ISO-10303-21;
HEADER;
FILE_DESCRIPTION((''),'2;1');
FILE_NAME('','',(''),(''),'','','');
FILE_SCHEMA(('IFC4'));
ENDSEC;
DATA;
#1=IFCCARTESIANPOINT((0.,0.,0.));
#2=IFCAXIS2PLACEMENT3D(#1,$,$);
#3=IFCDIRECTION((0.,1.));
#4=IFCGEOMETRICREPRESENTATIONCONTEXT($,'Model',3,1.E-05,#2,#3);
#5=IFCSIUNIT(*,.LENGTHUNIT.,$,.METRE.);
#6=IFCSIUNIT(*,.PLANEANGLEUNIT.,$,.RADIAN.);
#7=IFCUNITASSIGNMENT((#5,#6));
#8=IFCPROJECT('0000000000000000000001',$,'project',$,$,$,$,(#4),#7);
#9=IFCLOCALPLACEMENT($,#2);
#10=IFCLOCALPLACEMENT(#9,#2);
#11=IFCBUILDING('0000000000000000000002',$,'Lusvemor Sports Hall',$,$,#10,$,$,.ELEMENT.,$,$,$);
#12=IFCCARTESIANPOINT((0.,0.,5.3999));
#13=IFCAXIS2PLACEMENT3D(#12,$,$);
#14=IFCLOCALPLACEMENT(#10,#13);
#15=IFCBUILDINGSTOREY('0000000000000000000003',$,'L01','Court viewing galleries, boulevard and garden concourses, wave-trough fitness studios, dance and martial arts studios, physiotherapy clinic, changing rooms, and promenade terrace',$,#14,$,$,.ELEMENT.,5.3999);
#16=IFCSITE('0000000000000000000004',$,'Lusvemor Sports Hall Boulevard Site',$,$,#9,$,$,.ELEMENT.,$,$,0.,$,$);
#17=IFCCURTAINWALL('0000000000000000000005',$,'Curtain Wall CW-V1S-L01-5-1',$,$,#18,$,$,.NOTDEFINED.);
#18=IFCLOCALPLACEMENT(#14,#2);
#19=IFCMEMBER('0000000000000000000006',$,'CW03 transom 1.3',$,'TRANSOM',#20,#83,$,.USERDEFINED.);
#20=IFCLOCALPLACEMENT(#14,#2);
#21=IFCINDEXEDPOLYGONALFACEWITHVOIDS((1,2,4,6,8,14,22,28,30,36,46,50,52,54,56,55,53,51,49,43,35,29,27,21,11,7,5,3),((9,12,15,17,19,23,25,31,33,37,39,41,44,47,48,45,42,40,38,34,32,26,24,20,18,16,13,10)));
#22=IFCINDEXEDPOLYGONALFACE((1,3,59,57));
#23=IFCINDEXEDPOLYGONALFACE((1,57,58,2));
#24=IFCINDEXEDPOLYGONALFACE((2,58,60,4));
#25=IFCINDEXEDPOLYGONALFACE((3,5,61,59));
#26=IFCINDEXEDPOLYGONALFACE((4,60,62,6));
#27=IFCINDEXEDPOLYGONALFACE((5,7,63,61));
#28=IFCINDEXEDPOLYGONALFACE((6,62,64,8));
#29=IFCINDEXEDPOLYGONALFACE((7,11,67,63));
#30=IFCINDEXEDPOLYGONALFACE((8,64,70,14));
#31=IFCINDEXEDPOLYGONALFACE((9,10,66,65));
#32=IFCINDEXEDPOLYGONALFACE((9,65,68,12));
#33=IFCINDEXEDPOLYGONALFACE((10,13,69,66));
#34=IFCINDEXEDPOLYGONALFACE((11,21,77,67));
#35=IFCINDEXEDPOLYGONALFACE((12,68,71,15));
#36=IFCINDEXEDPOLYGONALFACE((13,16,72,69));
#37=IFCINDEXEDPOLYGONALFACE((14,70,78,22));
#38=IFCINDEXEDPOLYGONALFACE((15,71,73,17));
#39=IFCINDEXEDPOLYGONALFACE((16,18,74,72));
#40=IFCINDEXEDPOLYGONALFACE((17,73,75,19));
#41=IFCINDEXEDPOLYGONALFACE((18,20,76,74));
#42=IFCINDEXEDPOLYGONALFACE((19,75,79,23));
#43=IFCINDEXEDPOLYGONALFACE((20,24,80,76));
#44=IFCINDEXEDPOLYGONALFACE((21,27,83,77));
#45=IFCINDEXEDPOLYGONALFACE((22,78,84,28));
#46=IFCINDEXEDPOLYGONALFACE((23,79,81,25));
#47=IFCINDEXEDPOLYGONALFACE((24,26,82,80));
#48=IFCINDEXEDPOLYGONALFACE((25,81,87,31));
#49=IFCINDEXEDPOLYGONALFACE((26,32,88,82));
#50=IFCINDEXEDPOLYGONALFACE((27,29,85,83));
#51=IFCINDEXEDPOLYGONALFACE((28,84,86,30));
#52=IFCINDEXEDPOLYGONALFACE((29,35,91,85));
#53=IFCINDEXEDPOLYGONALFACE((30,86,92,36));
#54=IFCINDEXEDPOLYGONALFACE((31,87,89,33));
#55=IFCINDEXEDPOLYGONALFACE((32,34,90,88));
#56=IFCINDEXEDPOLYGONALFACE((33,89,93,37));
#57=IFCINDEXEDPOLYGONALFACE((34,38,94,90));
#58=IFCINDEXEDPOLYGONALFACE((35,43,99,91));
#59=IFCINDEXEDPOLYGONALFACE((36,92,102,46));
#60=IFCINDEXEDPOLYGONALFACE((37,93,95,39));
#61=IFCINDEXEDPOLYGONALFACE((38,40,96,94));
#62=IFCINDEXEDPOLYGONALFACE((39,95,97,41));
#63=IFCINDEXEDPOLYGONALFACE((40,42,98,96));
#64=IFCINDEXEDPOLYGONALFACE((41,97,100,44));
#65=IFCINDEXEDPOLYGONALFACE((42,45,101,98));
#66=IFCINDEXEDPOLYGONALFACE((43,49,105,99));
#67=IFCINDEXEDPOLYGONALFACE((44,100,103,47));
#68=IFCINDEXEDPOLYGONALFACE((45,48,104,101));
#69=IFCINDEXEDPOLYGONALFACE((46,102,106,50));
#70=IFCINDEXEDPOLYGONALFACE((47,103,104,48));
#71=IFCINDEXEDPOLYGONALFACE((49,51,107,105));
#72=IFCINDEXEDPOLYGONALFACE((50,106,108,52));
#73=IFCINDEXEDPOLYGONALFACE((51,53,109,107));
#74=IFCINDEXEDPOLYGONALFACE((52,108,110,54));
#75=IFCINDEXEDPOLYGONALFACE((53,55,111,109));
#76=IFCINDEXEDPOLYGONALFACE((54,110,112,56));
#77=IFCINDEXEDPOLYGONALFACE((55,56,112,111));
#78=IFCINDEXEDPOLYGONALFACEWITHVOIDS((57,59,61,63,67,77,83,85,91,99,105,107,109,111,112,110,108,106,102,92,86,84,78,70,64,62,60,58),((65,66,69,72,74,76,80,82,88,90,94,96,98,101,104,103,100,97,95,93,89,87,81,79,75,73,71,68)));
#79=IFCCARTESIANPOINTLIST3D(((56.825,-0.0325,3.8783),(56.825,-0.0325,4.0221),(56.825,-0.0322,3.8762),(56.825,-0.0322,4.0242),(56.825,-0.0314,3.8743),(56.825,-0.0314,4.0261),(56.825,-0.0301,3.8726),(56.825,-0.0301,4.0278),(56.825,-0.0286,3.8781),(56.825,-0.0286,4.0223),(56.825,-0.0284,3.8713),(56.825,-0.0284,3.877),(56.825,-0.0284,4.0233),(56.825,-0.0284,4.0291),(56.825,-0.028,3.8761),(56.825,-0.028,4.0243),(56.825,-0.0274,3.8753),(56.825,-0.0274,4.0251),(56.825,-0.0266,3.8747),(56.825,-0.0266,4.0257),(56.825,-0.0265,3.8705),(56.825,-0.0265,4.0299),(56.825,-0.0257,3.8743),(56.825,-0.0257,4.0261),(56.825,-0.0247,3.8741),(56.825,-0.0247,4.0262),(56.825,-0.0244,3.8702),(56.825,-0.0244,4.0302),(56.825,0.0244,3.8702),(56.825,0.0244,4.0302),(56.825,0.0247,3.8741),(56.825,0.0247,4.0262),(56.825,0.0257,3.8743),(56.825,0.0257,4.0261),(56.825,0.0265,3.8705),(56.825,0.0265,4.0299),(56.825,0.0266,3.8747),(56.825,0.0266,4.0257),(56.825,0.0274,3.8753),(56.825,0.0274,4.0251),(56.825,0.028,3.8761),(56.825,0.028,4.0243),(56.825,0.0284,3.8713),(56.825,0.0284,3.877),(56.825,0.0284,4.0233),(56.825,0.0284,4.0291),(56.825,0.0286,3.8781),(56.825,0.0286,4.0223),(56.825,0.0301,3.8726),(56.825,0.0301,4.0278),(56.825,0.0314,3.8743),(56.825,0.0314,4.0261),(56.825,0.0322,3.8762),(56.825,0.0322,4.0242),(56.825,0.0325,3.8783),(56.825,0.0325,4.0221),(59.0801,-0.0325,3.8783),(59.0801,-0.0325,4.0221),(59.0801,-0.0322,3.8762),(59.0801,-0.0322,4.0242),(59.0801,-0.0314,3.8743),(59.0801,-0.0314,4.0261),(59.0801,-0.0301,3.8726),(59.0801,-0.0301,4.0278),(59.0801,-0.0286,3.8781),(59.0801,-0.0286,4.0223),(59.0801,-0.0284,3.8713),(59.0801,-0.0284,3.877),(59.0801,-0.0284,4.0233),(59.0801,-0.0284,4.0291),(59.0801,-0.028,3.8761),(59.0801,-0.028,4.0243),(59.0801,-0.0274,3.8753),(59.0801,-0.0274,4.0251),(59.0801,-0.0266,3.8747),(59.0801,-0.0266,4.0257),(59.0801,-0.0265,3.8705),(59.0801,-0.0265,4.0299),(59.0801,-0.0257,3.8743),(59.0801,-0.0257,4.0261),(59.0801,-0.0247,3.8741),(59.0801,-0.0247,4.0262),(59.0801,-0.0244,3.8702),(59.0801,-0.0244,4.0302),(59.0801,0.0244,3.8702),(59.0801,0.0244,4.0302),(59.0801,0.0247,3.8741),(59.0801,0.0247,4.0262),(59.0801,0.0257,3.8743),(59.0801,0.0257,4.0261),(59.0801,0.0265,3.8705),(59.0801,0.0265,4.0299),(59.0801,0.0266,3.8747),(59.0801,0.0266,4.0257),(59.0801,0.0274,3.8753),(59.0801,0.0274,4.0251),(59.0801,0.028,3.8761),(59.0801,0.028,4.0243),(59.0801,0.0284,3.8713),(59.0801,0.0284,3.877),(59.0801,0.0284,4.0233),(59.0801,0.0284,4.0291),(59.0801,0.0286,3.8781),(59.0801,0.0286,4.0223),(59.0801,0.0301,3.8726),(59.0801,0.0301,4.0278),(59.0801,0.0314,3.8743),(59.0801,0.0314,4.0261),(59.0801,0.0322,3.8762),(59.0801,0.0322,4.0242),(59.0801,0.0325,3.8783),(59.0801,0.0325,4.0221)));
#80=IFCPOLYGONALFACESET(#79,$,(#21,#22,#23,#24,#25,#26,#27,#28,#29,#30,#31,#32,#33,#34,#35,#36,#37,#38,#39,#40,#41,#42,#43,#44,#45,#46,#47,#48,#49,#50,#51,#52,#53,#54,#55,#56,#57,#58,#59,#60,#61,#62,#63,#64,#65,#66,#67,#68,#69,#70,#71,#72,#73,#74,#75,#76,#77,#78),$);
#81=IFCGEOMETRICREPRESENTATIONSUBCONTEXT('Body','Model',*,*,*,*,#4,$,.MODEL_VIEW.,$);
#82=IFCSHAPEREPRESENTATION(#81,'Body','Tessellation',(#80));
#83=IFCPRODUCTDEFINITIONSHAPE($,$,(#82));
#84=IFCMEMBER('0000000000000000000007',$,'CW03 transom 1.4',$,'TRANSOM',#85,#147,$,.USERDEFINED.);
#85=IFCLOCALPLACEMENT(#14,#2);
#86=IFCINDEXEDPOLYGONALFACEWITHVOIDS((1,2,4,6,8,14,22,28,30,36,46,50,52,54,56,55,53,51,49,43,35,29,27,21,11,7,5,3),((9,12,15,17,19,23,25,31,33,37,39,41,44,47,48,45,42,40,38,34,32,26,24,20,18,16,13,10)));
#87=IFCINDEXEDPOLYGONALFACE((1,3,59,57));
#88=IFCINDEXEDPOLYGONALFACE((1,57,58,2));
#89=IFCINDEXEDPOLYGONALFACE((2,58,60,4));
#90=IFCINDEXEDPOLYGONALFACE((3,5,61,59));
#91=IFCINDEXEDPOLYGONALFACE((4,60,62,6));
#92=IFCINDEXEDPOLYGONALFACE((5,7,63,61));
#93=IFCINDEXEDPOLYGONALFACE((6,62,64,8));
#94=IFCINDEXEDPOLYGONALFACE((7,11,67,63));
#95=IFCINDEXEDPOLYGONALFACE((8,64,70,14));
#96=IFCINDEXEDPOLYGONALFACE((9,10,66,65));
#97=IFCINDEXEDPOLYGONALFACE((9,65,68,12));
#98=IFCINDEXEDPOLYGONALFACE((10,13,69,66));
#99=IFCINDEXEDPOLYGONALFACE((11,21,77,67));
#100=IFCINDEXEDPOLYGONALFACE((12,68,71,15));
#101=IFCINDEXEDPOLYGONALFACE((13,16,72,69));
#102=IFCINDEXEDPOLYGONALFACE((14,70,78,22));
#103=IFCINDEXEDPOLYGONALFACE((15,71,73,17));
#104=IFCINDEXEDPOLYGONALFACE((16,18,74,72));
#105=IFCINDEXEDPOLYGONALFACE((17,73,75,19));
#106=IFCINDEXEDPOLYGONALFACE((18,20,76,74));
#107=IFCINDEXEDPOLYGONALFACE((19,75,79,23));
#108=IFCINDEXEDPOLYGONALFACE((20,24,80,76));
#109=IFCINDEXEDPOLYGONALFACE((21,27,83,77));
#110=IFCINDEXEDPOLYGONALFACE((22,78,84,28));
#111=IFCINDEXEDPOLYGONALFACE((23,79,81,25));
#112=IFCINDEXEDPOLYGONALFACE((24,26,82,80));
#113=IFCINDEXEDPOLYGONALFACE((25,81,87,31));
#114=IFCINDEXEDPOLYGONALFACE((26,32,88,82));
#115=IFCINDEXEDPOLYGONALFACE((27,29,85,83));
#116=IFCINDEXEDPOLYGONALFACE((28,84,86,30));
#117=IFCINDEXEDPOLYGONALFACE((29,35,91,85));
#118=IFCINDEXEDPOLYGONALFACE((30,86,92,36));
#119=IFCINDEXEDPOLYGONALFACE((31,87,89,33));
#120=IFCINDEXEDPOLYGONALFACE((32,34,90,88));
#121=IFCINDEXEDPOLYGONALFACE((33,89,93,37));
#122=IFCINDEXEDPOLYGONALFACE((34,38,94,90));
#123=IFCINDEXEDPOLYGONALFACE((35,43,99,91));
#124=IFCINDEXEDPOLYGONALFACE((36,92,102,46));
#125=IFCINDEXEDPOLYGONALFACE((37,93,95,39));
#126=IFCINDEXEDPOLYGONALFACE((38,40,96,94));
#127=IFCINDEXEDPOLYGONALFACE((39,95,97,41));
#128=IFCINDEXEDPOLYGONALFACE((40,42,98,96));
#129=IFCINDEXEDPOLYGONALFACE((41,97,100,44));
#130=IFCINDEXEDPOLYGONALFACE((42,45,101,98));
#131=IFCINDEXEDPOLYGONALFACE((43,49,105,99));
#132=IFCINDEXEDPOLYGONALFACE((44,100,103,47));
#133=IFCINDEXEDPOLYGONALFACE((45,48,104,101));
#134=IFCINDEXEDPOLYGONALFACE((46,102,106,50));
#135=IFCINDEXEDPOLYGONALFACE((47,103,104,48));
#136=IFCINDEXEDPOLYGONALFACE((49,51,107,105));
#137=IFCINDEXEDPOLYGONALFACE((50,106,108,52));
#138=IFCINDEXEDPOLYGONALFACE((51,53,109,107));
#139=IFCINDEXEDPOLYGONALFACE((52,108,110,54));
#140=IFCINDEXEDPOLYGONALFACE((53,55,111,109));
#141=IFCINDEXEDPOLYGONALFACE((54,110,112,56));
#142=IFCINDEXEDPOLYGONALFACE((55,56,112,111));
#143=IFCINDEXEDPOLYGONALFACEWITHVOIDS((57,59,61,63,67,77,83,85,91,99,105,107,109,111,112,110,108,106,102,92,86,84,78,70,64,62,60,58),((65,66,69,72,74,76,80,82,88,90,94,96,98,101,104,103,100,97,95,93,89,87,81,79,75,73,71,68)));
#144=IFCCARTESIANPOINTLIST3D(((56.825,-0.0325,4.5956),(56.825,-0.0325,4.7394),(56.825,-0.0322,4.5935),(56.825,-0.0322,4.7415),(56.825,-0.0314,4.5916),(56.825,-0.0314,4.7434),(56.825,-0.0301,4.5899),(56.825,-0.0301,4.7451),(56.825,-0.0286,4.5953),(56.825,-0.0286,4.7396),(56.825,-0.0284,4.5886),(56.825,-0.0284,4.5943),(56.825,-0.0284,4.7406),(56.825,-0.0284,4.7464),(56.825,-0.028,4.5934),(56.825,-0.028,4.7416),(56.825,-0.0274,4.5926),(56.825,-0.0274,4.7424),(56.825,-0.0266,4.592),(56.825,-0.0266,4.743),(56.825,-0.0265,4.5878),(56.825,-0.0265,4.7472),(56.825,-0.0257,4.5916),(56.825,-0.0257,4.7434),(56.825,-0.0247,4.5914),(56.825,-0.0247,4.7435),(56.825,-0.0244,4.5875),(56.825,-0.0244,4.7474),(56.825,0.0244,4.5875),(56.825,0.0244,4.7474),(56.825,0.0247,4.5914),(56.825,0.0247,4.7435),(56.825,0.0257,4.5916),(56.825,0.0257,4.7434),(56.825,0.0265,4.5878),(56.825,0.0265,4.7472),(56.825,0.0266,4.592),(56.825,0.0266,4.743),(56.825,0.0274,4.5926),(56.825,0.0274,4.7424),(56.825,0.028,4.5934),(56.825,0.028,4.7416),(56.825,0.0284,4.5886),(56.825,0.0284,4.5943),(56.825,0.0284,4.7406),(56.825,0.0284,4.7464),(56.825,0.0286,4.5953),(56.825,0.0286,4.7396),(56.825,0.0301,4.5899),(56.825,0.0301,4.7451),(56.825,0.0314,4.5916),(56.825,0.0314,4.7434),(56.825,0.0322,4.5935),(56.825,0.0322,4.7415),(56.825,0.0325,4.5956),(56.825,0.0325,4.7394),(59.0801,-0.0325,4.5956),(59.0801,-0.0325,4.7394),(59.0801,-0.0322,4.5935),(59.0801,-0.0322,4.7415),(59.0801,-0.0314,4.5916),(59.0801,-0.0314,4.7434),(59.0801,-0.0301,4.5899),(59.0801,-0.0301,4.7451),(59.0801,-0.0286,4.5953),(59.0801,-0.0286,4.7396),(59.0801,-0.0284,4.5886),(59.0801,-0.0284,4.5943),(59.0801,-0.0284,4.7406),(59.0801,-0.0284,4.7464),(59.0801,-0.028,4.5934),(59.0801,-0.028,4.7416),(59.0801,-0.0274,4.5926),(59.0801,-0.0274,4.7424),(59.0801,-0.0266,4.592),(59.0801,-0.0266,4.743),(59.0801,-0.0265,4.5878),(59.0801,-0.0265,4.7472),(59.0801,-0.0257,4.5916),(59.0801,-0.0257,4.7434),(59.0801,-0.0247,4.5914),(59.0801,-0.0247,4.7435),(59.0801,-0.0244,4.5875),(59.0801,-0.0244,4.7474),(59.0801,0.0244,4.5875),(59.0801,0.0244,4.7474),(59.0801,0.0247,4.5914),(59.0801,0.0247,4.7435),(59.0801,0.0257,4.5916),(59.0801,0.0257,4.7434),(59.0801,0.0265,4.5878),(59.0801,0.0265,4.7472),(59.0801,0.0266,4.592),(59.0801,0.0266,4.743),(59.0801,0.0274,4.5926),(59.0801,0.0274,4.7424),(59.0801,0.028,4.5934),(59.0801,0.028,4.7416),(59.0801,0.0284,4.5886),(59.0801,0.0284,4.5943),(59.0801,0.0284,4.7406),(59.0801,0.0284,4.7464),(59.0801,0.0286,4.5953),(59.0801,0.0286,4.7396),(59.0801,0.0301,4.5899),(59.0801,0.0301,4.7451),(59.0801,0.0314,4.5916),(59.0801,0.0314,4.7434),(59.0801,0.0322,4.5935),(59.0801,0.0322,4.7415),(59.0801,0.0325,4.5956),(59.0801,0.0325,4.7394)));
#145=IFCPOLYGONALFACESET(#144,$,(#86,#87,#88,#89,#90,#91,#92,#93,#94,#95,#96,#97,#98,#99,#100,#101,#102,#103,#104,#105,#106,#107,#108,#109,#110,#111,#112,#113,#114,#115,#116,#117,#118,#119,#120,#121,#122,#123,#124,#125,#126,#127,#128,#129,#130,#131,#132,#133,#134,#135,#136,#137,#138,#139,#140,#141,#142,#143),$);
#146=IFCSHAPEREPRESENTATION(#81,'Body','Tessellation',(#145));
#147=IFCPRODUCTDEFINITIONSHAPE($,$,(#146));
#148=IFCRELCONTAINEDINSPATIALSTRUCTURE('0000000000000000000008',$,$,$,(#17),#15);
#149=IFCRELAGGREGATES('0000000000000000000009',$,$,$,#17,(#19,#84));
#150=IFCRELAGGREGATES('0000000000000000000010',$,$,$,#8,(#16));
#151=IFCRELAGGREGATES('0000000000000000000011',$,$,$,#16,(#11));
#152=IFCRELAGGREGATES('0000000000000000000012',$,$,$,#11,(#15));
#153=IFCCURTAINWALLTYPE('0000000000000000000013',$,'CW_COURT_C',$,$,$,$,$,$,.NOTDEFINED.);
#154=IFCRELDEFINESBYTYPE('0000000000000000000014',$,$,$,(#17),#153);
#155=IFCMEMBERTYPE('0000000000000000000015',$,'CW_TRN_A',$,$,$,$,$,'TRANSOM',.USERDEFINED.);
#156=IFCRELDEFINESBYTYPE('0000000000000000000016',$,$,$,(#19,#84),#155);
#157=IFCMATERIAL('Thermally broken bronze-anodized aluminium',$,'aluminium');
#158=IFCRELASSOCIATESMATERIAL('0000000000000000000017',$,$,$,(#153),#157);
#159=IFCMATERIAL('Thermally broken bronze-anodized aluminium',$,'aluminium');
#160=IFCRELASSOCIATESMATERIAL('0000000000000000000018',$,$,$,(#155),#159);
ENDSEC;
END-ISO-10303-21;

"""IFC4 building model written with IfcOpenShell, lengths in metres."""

from ifc_helpers import new_model, si_unit, direction, frame, origin, origin_2d, place, context, subcontext, project, spatial, hollow_rectangle, extrude, material, material_profile, profile_set, type_object, element, aggregate, save


model = new_model("IFC4")

# Units and contexts
model_context = context("Model", 3, precision=1e-05, world=origin(), true_north=direction((0.0, 1.0)))
body_context = subcontext(model_context, "Body", "Model", "MODEL_VIEW")
ifc_project = project(units=[si_unit("LENGTHUNIT", "METRE"), si_unit("PLANEANGLEUNIT", "RADIAN")], contexts=[model_context])

# Site, building, storey
site_placement = place(None, origin())
site = spatial("IfcSite", under=ifc_project, at=site_placement, Name="Lusvemor Sports Hall Boulevard Site", CompositionType="ELEMENT", RefElevation=0.0)
building_placement = place(site_placement, origin())
building = spatial("IfcBuilding", under=site, at=building_placement, Name="Lusvemor Sports Hall", CompositionType="ELEMENT")
storey_placement = place(building_placement, frame((0.0, 0.0, 5.3999)))
storey = spatial("IfcBuildingStorey", under=building, at=storey_placement, Name="L01", Description="Court viewing galleries, boulevard and garden concourses, wave-trough fitness studios, dance and martial arts studios, physiotherapy clinic, changing rooms, and promenade terrace", CompositionType="ELEMENT", Elevation=5.3999)

# Curtain wall, members
ifc_material_1 = material(Name="Thermally broken bronze-anodized aluminium", Category="aluminium")
curtain_wall_type = type_object("IfcCurtainWallType", Name="CW_COURT_C", PredefinedType="NOTDEFINED", material=ifc_material_1)
curtain_wall_placement = place(storey_placement, origin())
curtain_wall = element("IfcCurtainWall", 1, at=curtain_wall_placement, inside=storey, type_object=curtain_wall_type, Name="Curtain Wall CW-V1S-L01-5-1", PredefinedType="NOTDEFINED")
ifc_material_2 = material(Name="Thermally broken bronze-anodized aluminium", Category="aluminium")
ifc_material_profile_1 = material_profile(ifc_material_2, hollow_rectangle(XDim=0.0649, YDim=0.1599, WallThickness=0.0039, InnerFilletRadius=0.0039, OuterFilletRadius=0.0081, at=origin_2d()), Name="CWTRN160x65x4")
ifc_profile_set_1 = profile_set([ifc_material_profile_1], Name="Thermally broken bronze-anodized aluminium")
member_type_1 = type_object("IfcMemberType", Name="CW_TRN_A", ElementType="TRANSOM", PredefinedType="USERDEFINED", material=ifc_profile_set_1)
member_1_placement = place(storey_placement, frame((59.0801, 0.0, 3.9502), z_axis=(-1.0, 0.0, 0.0), x_axis=(0.0, -1.0, 0.0)))
member_1 = element("IfcMember", 2, at=member_1_placement, type_object=member_type_1, Name="CW03 transom 1.3", ObjectType="TRANSOM", PredefinedType="USERDEFINED", context=body_context, shape_type="SweptSolid", body=[
    extrude(hollow_rectangle(XDim=0.0649, YDim=0.1599, WallThickness=0.0039, InnerFilletRadius=0.0039, OuterFilletRadius=0.0081, at=origin_2d()), origin(), (0.0, 0.0, 1.0), 2.2551),
])
member_2_placement = place(storey_placement, frame((59.0801, 0.0, 4.6675), z_axis=(-1.0, 0.0, 0.0), x_axis=(0.0, -1.0, 0.0)))
member_2 = element("IfcMember", 3, at=member_2_placement, type_object=member_type_1, Name="CW03 transom 1.4", ObjectType="TRANSOM", PredefinedType="USERDEFINED", context=body_context, shape_type="SweptSolid", body=[
    extrude(hollow_rectangle(XDim=0.0649, YDim=0.1599, WallThickness=0.0039, InnerFilletRadius=0.0039, OuterFilletRadius=0.0081, at=origin_2d()), origin(), (0.0, 0.0, 1.0), 2.2551),
])

aggregate(curtain_wall, [member_1, member_2])

save(model, "model.ifc")
